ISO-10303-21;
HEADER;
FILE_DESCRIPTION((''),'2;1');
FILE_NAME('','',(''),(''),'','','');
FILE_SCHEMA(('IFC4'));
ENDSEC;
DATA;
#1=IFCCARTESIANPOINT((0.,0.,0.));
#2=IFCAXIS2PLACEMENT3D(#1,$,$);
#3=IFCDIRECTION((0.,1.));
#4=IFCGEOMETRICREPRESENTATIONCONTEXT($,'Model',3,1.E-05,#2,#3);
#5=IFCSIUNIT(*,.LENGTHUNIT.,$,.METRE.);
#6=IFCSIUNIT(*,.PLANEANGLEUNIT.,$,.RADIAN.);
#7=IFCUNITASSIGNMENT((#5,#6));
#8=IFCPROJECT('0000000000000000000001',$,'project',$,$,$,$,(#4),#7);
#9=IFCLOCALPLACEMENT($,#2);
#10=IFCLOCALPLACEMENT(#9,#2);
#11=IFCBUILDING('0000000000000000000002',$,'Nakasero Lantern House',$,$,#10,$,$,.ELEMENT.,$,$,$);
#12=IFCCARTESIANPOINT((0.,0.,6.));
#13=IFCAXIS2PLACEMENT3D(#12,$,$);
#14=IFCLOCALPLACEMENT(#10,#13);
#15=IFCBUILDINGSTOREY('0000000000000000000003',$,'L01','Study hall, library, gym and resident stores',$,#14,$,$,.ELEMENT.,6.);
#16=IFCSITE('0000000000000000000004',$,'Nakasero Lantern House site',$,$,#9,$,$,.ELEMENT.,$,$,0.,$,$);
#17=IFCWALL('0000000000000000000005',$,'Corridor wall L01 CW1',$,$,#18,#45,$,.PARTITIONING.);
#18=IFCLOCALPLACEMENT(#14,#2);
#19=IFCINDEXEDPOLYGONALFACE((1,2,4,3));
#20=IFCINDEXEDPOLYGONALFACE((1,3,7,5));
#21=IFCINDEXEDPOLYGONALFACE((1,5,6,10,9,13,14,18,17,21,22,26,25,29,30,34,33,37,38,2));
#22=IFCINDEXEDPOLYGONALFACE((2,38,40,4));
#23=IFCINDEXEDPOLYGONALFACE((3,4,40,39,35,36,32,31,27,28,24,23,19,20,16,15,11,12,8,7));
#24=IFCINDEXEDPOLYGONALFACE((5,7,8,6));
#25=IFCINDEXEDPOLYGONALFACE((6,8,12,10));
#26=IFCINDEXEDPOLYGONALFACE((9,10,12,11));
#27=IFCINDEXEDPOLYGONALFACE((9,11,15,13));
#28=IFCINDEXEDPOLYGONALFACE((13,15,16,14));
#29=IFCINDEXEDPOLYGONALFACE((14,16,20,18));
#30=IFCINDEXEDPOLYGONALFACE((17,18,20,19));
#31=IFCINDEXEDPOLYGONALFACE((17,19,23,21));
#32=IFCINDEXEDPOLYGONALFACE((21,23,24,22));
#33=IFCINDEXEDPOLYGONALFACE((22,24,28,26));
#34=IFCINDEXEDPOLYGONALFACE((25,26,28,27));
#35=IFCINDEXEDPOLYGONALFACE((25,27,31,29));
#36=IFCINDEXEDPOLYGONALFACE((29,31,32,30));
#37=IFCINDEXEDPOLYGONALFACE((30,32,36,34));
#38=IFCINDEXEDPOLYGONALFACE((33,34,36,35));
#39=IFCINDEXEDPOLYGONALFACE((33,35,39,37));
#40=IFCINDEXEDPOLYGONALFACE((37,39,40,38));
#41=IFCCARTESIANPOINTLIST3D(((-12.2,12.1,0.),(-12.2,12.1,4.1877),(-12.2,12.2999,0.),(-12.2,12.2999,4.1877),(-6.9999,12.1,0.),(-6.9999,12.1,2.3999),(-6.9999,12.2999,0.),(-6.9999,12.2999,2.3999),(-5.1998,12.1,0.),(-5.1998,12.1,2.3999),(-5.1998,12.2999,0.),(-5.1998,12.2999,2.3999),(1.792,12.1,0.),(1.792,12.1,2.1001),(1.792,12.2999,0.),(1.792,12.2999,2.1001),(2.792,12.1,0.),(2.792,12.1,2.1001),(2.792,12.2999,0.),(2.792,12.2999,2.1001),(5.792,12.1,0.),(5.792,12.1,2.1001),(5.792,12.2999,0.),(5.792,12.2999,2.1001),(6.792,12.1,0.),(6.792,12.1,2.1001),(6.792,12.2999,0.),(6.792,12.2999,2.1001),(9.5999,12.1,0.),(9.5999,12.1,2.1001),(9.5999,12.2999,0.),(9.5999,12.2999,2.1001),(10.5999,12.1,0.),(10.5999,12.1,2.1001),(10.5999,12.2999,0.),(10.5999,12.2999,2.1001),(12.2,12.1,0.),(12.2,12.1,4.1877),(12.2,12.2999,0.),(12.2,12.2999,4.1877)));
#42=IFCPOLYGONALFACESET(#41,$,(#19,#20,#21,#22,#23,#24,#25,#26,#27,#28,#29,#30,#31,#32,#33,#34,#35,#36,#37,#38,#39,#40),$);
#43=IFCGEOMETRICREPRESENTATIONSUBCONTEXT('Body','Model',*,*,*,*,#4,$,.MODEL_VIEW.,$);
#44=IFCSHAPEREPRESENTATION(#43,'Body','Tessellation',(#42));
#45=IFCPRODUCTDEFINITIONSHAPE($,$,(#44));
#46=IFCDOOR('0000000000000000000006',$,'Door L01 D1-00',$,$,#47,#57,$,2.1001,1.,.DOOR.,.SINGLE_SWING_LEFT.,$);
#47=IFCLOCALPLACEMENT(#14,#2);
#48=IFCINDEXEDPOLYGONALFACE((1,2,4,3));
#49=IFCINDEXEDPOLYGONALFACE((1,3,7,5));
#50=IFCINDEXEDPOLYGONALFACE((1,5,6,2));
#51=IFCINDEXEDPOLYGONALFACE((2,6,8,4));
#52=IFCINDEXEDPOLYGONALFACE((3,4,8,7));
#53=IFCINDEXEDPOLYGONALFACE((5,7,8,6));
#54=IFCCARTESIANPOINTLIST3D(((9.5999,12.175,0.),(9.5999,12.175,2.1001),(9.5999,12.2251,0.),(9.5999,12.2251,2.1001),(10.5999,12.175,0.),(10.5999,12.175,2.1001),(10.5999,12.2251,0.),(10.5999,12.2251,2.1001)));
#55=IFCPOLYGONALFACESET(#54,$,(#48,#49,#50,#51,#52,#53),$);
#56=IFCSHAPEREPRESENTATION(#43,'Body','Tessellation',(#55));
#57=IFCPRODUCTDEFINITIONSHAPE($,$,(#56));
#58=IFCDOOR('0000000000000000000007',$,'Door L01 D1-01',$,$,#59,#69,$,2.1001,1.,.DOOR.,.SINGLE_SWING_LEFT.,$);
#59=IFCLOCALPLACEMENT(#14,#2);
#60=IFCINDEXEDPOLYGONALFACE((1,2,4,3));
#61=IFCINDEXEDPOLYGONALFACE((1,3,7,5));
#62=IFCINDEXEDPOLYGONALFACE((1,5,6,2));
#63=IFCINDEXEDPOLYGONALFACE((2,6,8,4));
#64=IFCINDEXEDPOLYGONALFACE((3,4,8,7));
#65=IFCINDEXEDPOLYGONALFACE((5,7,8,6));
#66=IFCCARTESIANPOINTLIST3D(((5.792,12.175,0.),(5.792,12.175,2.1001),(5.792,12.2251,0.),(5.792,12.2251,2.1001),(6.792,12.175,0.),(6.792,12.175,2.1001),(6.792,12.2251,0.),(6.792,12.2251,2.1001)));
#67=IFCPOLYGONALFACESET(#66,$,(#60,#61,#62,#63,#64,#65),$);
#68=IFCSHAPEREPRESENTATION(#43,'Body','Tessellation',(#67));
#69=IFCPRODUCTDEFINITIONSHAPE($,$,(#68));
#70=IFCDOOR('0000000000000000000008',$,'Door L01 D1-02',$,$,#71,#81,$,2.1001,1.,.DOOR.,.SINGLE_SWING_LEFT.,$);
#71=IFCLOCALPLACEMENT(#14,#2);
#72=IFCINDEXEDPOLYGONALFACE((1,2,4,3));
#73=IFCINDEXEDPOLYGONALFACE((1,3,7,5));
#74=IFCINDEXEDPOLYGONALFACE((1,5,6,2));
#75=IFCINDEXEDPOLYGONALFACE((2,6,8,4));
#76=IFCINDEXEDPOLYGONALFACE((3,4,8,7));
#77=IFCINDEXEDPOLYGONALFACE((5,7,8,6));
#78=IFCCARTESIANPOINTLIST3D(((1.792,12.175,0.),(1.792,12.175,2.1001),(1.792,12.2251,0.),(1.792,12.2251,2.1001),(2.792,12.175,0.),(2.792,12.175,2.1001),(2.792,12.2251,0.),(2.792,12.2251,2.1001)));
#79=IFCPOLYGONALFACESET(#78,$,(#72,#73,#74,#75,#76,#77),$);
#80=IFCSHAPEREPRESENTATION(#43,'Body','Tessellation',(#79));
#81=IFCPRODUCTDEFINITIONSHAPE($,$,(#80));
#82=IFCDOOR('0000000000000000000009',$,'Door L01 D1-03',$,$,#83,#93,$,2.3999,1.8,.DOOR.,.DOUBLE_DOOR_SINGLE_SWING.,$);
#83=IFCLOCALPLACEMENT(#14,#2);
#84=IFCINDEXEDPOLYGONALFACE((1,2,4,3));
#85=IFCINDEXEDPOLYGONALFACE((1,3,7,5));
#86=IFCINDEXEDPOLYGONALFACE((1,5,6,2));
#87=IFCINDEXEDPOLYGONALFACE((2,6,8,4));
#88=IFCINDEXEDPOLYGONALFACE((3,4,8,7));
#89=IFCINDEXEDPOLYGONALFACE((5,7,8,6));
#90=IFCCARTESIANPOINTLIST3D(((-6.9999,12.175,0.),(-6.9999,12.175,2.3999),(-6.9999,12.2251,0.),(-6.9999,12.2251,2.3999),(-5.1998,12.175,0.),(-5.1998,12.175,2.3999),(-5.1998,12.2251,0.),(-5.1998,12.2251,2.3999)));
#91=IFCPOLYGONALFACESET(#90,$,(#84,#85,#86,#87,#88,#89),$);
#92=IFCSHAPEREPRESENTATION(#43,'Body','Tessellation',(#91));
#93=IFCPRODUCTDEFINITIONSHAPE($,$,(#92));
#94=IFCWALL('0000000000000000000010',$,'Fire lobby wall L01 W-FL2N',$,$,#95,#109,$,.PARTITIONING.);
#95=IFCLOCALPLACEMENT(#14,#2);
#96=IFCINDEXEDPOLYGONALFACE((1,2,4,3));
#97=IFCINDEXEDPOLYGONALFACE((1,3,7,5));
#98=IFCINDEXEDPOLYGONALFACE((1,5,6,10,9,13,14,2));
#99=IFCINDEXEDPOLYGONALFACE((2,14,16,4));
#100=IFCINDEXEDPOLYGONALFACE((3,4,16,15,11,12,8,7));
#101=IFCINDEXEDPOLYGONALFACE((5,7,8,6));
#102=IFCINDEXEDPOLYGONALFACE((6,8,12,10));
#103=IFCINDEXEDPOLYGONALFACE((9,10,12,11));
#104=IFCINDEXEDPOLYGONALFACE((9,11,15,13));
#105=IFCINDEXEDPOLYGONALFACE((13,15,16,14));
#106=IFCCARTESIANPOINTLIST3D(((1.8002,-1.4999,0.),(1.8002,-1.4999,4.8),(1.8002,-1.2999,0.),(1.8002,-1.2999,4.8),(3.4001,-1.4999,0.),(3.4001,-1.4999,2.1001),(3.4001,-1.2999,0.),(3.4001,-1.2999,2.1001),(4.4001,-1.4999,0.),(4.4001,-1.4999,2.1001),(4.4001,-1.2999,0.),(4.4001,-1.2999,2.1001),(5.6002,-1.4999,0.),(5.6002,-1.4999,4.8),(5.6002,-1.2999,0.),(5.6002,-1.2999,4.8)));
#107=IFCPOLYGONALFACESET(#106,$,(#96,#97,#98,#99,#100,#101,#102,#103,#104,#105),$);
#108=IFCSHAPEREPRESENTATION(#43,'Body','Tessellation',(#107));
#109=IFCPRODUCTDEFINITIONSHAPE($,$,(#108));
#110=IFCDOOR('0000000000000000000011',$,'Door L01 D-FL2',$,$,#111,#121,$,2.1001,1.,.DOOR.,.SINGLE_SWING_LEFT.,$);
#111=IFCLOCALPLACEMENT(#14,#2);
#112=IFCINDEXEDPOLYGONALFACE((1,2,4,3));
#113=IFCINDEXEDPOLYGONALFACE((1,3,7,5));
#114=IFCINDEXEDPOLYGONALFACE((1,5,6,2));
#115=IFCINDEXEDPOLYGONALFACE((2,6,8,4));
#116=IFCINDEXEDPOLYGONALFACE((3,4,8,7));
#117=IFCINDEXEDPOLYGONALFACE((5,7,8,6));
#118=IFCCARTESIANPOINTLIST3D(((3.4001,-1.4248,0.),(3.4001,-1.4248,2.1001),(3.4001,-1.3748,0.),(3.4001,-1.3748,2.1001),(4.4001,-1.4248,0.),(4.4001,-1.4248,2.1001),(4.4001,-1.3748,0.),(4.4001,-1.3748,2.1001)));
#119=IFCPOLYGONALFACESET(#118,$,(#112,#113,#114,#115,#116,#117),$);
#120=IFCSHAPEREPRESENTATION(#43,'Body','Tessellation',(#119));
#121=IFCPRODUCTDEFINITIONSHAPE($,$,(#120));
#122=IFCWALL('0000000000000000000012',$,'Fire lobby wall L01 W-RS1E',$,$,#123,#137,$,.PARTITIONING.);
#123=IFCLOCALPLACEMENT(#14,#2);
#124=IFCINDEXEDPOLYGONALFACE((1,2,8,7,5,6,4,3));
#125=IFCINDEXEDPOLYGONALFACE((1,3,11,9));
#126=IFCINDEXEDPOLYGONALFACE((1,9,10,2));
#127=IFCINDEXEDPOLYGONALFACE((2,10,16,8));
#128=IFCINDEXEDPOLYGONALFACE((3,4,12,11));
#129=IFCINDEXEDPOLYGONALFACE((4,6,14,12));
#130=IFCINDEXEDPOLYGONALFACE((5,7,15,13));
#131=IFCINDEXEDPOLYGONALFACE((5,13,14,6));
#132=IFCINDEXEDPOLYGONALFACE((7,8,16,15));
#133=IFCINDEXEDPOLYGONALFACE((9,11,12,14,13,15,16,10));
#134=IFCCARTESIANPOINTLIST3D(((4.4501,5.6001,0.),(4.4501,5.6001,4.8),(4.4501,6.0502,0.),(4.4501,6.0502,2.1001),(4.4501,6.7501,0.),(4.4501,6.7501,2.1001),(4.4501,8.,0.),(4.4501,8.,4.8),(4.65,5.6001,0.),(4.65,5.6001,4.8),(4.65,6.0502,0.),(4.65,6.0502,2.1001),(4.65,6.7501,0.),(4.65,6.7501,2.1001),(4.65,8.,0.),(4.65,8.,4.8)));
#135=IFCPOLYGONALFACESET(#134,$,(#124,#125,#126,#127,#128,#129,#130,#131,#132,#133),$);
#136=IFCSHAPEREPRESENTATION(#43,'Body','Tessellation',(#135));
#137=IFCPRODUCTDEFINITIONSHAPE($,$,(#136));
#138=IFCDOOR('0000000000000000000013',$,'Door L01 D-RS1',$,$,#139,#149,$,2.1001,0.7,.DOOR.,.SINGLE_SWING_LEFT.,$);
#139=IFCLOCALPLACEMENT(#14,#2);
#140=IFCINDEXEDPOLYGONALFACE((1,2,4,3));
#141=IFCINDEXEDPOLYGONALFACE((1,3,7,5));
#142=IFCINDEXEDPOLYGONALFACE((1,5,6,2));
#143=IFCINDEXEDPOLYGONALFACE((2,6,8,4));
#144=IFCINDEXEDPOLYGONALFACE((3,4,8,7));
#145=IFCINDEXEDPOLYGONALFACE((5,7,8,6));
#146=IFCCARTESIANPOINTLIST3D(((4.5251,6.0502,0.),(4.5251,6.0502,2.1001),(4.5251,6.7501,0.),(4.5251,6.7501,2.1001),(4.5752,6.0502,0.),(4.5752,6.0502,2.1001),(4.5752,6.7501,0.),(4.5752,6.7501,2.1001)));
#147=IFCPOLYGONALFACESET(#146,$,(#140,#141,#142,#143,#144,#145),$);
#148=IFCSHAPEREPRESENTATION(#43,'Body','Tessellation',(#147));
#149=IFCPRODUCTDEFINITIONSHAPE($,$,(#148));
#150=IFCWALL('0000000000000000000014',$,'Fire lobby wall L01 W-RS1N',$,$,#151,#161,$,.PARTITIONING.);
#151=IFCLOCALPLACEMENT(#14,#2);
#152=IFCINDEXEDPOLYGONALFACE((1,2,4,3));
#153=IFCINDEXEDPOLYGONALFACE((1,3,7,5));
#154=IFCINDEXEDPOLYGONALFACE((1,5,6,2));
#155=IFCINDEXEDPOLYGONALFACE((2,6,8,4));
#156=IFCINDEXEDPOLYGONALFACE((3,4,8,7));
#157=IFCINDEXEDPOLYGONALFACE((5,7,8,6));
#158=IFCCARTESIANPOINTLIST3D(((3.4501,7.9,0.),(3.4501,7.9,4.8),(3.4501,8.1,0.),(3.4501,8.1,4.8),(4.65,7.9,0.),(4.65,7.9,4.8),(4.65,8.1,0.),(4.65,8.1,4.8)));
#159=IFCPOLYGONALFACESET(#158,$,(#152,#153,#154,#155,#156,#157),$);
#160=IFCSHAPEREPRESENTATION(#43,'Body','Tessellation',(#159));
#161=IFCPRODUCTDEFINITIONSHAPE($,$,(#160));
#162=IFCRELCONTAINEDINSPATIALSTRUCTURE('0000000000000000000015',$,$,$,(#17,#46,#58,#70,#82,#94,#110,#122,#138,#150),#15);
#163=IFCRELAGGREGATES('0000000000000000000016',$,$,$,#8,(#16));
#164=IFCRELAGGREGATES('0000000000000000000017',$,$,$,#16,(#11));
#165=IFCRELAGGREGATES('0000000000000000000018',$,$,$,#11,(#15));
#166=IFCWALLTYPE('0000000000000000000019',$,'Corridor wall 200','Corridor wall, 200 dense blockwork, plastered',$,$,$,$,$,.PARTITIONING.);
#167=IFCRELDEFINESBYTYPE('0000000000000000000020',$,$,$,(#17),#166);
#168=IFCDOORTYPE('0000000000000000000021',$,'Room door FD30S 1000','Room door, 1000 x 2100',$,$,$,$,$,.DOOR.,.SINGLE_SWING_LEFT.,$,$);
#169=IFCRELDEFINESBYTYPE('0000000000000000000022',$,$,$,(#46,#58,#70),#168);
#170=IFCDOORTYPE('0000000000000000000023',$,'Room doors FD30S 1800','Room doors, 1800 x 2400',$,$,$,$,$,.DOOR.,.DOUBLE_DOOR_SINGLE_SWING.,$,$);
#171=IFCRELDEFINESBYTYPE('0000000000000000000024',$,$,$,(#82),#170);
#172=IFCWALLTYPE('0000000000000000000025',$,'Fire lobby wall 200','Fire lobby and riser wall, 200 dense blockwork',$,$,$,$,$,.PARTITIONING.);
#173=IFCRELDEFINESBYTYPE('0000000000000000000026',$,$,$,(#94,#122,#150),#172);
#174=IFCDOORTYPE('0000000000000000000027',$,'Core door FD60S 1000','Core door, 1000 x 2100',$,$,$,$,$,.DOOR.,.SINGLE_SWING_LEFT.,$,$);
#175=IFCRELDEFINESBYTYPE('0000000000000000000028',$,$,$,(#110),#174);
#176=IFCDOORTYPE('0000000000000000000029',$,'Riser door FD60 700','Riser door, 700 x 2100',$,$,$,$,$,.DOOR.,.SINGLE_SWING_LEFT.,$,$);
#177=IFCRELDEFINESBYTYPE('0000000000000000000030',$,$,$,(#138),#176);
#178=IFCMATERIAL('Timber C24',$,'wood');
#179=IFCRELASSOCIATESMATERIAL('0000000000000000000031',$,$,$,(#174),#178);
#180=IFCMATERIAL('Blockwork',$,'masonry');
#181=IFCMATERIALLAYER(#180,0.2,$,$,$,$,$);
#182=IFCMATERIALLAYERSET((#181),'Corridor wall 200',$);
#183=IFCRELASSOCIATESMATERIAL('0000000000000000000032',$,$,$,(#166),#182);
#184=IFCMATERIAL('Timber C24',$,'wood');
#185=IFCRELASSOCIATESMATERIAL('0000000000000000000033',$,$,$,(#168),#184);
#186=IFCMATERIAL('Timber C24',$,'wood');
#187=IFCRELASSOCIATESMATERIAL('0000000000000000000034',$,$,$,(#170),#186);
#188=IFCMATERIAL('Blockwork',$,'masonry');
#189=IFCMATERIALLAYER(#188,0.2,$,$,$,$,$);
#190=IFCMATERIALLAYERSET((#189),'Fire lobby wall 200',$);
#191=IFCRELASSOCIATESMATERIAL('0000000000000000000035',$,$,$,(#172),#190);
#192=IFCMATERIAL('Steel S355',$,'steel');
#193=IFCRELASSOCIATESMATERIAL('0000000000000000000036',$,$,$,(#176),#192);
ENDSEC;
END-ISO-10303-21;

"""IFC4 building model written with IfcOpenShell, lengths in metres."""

from ifc_helpers import new_model, si_unit, direction, frame, frame_2d, origin, place, context, subcontext, project, spatial, rectangle, extrude, material, layer, layer_set, type_object, element, fill, save


model = new_model("IFC4")

# Units and contexts
model_context = context("Model", 3, precision=1e-05, world=origin(), true_north=direction((0.0, 1.0)))
body_context = subcontext(model_context, "Body", "Model", "MODEL_VIEW")
ifc_project = project(units=[si_unit("LENGTHUNIT", "METRE"), si_unit("PLANEANGLEUNIT", "RADIAN")], contexts=[model_context])

# Site, building, storey
site_placement = place(None, origin())
site = spatial("IfcSite", under=ifc_project, at=site_placement, Name="Nakasero Lantern House site", CompositionType="ELEMENT", RefElevation=0.0)
building_placement = place(site_placement, origin())
building = spatial("IfcBuilding", under=site, at=building_placement, Name="Nakasero Lantern House", CompositionType="ELEMENT")
storey_placement = place(building_placement, frame((0.0, 0.0, 6.0)))
storey = spatial("IfcBuildingStorey", under=building, at=storey_placement, Name="L01", Description="Study hall, library, gym and resident stores", CompositionType="ELEMENT", Elevation=6.0)

# Shared definitions
ifc_material_1 = material(Name="Timber C24", Category="wood")
door_type_1 = type_object("IfcDoorType", Name="Core door FD60S 1000", Description="Core door, 1000 x 2100", OperationType="SINGLE_SWING_LEFT", PredefinedType="DOOR", material=ifc_material_1)

# Wall, openings, doors
ifc_material_2 = material(Name="Blockwork", Category="masonry")
ifc_layer_1 = layer(ifc_material_2, 0.2)
ifc_layer_set_1 = layer_set([ifc_layer_1], Name="Corridor wall 200")
wall_type_1 = type_object("IfcWallType", Name="Corridor wall 200", Description="Corridor wall, 200 dense blockwork, plastered", PredefinedType="PARTITIONING", material=ifc_layer_set_1)
wall_1_placement = place(storey_placement, frame((12.2, 12.2, 0.0), z_axis=(0.0, 0.0, 1.0), x_axis=(-1.0, 0.0, 0.0)))
wall_1 = element("IfcWall", 1, at=wall_1_placement, inside=storey, type_object=wall_type_1, Name="Corridor wall L01 CW1", PredefinedType="PARTITIONING", context=body_context, shape_type="SweptSolid", body=[
    extrude(rectangle(XDim=24.3999, YDim=0.2, at=frame_2d((12.2, 0.0))), origin(), (0.0, 0.0, 1.0), 4.1877),
])
opening_1_placement = place(wall_1_placement, frame((1.6001, 0.0, 0.0)))
opening_1 = element("IfcOpeningElement", 2, at=opening_1_placement, cuts=wall_1, PredefinedType="OPENING", context=body_context, shape_type="SweptSolid", body=[
    extrude(rectangle(XDim=1.0, YDim=2.1001, at=frame_2d((0.5, 1.05))), frame((0.0, 0.1199, 0.0), z_axis=(0.0, -1.0, 0.0), x_axis=(1.0, 0.0, 0.0)), (0.0, 0.0, 1.0), 0.24),
])
opening_2_placement = place(wall_1_placement, frame((5.408, 0.0, 0.0)))
opening_2 = element("IfcOpeningElement", 3, at=opening_2_placement, cuts=wall_1, PredefinedType="OPENING", context=body_context, shape_type="SweptSolid", body=[
    extrude(rectangle(XDim=1.0, YDim=2.1001, at=frame_2d((0.5, 1.05))), frame((0.0, 0.1199, 0.0), z_axis=(0.0, -1.0, 0.0), x_axis=(1.0, 0.0, 0.0)), (0.0, 0.0, 1.0), 0.24),
])
opening_3_placement = place(wall_1_placement, frame((9.408, 0.0, 0.0)))
opening_3 = element("IfcOpeningElement", 4, at=opening_3_placement, cuts=wall_1, PredefinedType="OPENING", context=body_context, shape_type="SweptSolid", body=[
    extrude(rectangle(XDim=1.0, YDim=2.1001, at=frame_2d((0.5, 1.05))), frame((0.0, 0.1199, 0.0), z_axis=(0.0, -1.0, 0.0), x_axis=(1.0, 0.0, 0.0)), (0.0, 0.0, 1.0), 0.24),
])
opening_4_placement = place(wall_1_placement, frame((17.3999, 0.0, 0.0)))
opening_4 = element("IfcOpeningElement", 5, at=opening_4_placement, cuts=wall_1, PredefinedType="OPENING", context=body_context, shape_type="SweptSolid", body=[
    extrude(rectangle(XDim=1.8, YDim=2.3999, at=frame_2d((0.8999, 1.2))), frame((0.0, 0.1199, 0.0), z_axis=(0.0, -1.0, 0.0), x_axis=(1.0, 0.0, 0.0)), (0.0, 0.0, 1.0), 0.24),
])
ifc_material_3 = material(Name="Timber C24", Category="wood")
door_type_2 = type_object("IfcDoorType", Name="Room door FD30S 1000", Description="Room door, 1000 x 2100", OperationType="SINGLE_SWING_LEFT", PredefinedType="DOOR", material=ifc_material_3)
door_1_placement = place(opening_1_placement, origin())
door_1 = element("IfcDoor", 6, at=door_1_placement, inside=storey, type_object=door_type_2, Name="Door L01 D1-00", OperationType="SINGLE_SWING_LEFT", OverallHeight=2.1001, OverallWidth=1.0, PredefinedType="DOOR", context=body_context, shape_type="SweptSolid", body=[
    extrude(rectangle(XDim=1.0, YDim=2.1001, at=frame_2d((0.5, 1.05))), frame((0.0, 0.0249, 0.0), z_axis=(0.0, -1.0, 0.0), x_axis=(1.0, 0.0, 0.0)), (0.0, 0.0, 1.0), 0.05),
])
fill(opening_1, door_1)
door_2_placement = place(opening_2_placement, origin())
door_2 = element("IfcDoor", 7, at=door_2_placement, inside=storey, type_object=door_type_2, Name="Door L01 D1-01", OperationType="SINGLE_SWING_LEFT", OverallHeight=2.1001, OverallWidth=1.0, PredefinedType="DOOR", context=body_context, shape_type="SweptSolid", body=[
    extrude(rectangle(XDim=1.0, YDim=2.1001, at=frame_2d((0.5, 1.05))), frame((0.0, 0.0249, 0.0), z_axis=(0.0, -1.0, 0.0), x_axis=(1.0, 0.0, 0.0)), (0.0, 0.0, 1.0), 0.05),
])
fill(opening_2, door_2)
door_3_placement = place(opening_3_placement, origin())
door_3 = element("IfcDoor", 8, at=door_3_placement, inside=storey, type_object=door_type_2, Name="Door L01 D1-02", OperationType="SINGLE_SWING_LEFT", OverallHeight=2.1001, OverallWidth=1.0, PredefinedType="DOOR", context=body_context, shape_type="SweptSolid", body=[
    extrude(rectangle(XDim=1.0, YDim=2.1001, at=frame_2d((0.5, 1.05))), frame((0.0, 0.0249, 0.0), z_axis=(0.0, -1.0, 0.0), x_axis=(1.0, 0.0, 0.0)), (0.0, 0.0, 1.0), 0.05),
])
fill(opening_3, door_3)
ifc_material_4 = material(Name="Timber C24", Category="wood")
door_type_3 = type_object("IfcDoorType", Name="Room doors FD30S 1800", Description="Room doors, 1800 x 2400", OperationType="DOUBLE_DOOR_SINGLE_SWING", PredefinedType="DOOR", material=ifc_material_4)
door_4_placement = place(opening_4_placement, origin())
door_4 = element("IfcDoor", 9, at=door_4_placement, inside=storey, type_object=door_type_3, Name="Door L01 D1-03", OperationType="DOUBLE_DOOR_SINGLE_SWING", OverallHeight=2.3999, OverallWidth=1.8, PredefinedType="DOOR", context=body_context, shape_type="SweptSolid", body=[
    extrude(rectangle(XDim=1.8, YDim=2.3999, at=frame_2d((0.8999, 1.2))), frame((0.0, 0.0249, 0.0), z_axis=(0.0, -1.0, 0.0), x_axis=(1.0, 0.0, 0.0)), (0.0, 0.0, 1.0), 0.05),
])
fill(opening_4, door_4)

# Walls, openings, doors
ifc_material_5 = material(Name="Blockwork", Category="masonry")
ifc_layer_2 = layer(ifc_material_5, 0.2)
ifc_layer_set_2 = layer_set([ifc_layer_2], Name="Fire lobby wall 200")
wall_type_2 = type_object("IfcWallType", Name="Fire lobby wall 200", Description="Fire lobby and riser wall, 200 dense blockwork", PredefinedType="PARTITIONING", material=ifc_layer_set_2)
wall_2_placement = place(storey_placement, frame((5.6001, -1.3999, 0.0), z_axis=(0.0, 0.0, 1.0), x_axis=(-1.0, 0.0, 0.0)))
wall_2 = element("IfcWall", 10, at=wall_2_placement, inside=storey, type_object=wall_type_2, Name="Fire lobby wall L01 W-FL2N", PredefinedType="PARTITIONING", context=body_context, shape_type="SweptSolid", body=[
    extrude(rectangle(XDim=3.8, YDim=0.2, at=frame_2d((1.8999, 0.0))), origin(), (0.0, 0.0, 1.0), 4.8),
])
opening_5_placement = place(wall_2_placement, frame((1.2, 0.0, 0.0)))
opening_5 = element("IfcOpeningElement", 11, at=opening_5_placement, cuts=wall_2, PredefinedType="OPENING", context=body_context, shape_type="SweptSolid", body=[
    extrude(rectangle(XDim=1.0, YDim=2.1001, at=frame_2d((0.5, 1.05))), frame((0.0, 0.1199, 0.0), z_axis=(0.0, -1.0, 0.0), x_axis=(1.0, 0.0, 0.0)), (0.0, 0.0, 1.0), 0.24),
])
door_5_placement = place(opening_5_placement, origin())
door_5 = element("IfcDoor", 12, at=door_5_placement, inside=storey, type_object=door_type_1, Name="Door L01 D-FL2", OperationType="SINGLE_SWING_LEFT", OverallHeight=2.1001, OverallWidth=1.0, PredefinedType="DOOR", context=body_context, shape_type="SweptSolid", body=[
    extrude(rectangle(XDim=1.0, YDim=2.1001, at=frame_2d((0.5, 1.05))), frame((0.0, 0.0249, 0.0), z_axis=(0.0, -1.0, 0.0), x_axis=(1.0, 0.0, 0.0)), (0.0, 0.0, 1.0), 0.05),
])
fill(opening_5, door_5)
wall_3_placement = place(storey_placement, frame((4.55, 5.6001, 0.0), z_axis=(0.0, 0.0, 1.0), x_axis=(0.0, 1.0, 0.0)))
wall_3 = element("IfcWall", 13, at=wall_3_placement, inside=storey, type_object=wall_type_2, Name="Fire lobby wall L01 W-RS1E", PredefinedType="PARTITIONING", context=body_context, shape_type="SweptSolid", body=[
    extrude(rectangle(XDim=2.3999, YDim=0.2, at=frame_2d((1.2, 0.0))), origin(), (0.0, 0.0, 1.0), 4.8),
])
opening_6_placement = place(wall_3_placement, frame((0.45, 0.0, 0.0)))
opening_6 = element("IfcOpeningElement", 14, at=opening_6_placement, cuts=wall_3, PredefinedType="OPENING", context=body_context, shape_type="SweptSolid", body=[
    extrude(rectangle(XDim=0.7, YDim=2.1001, at=frame_2d((0.3501, 1.05))), frame((0.0, 0.1199, 0.0), z_axis=(0.0, -1.0, 0.0), x_axis=(1.0, 0.0, 0.0)), (0.0, 0.0, 1.0), 0.24),
])
ifc_material_6 = material(Name="Steel S355", Category="steel")
door_type_4 = type_object("IfcDoorType", Name="Riser door FD60 700", Description="Riser door, 700 x 2100", OperationType="SINGLE_SWING_LEFT", PredefinedType="DOOR", material=ifc_material_6)
door_6_placement = place(opening_6_placement, origin())
door_6 = element("IfcDoor", 15, at=door_6_placement, inside=storey, type_object=door_type_4, Name="Door L01 D-RS1", OperationType="SINGLE_SWING_LEFT", OverallHeight=2.1001, OverallWidth=0.7, PredefinedType="DOOR", context=body_context, shape_type="SweptSolid", body=[
    extrude(rectangle(XDim=0.7, YDim=2.1001, at=frame_2d((0.3501, 1.05))), frame((0.0, 0.0249, 0.0), z_axis=(0.0, -1.0, 0.0), x_axis=(1.0, 0.0, 0.0)), (0.0, 0.0, 1.0), 0.05),
])
fill(opening_6, door_6)

# Wall
for number, where, z_axis, x_axis, name in (
    (16, (3.45, 8.0, 0.0), (0.0, 0.0, 1.0), (1.0, 0.0, 0.0), "Fire lobby wall L01 W-RS1N"),
):
    element("IfcWall", number, at=place(storey_placement, frame(where, z_axis=z_axis, x_axis=x_axis)), inside=storey, type_object=wall_type_2, Name=name, PredefinedType="PARTITIONING", context=body_context, shape_type="SweptSolid", body=[
        extrude(rectangle(XDim=1.2, YDim=0.2, at=frame_2d((0.6001, 0.0))), origin(), (0.0, 0.0, 1.0), 4.8),
    ])

save(model, "model.ifc")
